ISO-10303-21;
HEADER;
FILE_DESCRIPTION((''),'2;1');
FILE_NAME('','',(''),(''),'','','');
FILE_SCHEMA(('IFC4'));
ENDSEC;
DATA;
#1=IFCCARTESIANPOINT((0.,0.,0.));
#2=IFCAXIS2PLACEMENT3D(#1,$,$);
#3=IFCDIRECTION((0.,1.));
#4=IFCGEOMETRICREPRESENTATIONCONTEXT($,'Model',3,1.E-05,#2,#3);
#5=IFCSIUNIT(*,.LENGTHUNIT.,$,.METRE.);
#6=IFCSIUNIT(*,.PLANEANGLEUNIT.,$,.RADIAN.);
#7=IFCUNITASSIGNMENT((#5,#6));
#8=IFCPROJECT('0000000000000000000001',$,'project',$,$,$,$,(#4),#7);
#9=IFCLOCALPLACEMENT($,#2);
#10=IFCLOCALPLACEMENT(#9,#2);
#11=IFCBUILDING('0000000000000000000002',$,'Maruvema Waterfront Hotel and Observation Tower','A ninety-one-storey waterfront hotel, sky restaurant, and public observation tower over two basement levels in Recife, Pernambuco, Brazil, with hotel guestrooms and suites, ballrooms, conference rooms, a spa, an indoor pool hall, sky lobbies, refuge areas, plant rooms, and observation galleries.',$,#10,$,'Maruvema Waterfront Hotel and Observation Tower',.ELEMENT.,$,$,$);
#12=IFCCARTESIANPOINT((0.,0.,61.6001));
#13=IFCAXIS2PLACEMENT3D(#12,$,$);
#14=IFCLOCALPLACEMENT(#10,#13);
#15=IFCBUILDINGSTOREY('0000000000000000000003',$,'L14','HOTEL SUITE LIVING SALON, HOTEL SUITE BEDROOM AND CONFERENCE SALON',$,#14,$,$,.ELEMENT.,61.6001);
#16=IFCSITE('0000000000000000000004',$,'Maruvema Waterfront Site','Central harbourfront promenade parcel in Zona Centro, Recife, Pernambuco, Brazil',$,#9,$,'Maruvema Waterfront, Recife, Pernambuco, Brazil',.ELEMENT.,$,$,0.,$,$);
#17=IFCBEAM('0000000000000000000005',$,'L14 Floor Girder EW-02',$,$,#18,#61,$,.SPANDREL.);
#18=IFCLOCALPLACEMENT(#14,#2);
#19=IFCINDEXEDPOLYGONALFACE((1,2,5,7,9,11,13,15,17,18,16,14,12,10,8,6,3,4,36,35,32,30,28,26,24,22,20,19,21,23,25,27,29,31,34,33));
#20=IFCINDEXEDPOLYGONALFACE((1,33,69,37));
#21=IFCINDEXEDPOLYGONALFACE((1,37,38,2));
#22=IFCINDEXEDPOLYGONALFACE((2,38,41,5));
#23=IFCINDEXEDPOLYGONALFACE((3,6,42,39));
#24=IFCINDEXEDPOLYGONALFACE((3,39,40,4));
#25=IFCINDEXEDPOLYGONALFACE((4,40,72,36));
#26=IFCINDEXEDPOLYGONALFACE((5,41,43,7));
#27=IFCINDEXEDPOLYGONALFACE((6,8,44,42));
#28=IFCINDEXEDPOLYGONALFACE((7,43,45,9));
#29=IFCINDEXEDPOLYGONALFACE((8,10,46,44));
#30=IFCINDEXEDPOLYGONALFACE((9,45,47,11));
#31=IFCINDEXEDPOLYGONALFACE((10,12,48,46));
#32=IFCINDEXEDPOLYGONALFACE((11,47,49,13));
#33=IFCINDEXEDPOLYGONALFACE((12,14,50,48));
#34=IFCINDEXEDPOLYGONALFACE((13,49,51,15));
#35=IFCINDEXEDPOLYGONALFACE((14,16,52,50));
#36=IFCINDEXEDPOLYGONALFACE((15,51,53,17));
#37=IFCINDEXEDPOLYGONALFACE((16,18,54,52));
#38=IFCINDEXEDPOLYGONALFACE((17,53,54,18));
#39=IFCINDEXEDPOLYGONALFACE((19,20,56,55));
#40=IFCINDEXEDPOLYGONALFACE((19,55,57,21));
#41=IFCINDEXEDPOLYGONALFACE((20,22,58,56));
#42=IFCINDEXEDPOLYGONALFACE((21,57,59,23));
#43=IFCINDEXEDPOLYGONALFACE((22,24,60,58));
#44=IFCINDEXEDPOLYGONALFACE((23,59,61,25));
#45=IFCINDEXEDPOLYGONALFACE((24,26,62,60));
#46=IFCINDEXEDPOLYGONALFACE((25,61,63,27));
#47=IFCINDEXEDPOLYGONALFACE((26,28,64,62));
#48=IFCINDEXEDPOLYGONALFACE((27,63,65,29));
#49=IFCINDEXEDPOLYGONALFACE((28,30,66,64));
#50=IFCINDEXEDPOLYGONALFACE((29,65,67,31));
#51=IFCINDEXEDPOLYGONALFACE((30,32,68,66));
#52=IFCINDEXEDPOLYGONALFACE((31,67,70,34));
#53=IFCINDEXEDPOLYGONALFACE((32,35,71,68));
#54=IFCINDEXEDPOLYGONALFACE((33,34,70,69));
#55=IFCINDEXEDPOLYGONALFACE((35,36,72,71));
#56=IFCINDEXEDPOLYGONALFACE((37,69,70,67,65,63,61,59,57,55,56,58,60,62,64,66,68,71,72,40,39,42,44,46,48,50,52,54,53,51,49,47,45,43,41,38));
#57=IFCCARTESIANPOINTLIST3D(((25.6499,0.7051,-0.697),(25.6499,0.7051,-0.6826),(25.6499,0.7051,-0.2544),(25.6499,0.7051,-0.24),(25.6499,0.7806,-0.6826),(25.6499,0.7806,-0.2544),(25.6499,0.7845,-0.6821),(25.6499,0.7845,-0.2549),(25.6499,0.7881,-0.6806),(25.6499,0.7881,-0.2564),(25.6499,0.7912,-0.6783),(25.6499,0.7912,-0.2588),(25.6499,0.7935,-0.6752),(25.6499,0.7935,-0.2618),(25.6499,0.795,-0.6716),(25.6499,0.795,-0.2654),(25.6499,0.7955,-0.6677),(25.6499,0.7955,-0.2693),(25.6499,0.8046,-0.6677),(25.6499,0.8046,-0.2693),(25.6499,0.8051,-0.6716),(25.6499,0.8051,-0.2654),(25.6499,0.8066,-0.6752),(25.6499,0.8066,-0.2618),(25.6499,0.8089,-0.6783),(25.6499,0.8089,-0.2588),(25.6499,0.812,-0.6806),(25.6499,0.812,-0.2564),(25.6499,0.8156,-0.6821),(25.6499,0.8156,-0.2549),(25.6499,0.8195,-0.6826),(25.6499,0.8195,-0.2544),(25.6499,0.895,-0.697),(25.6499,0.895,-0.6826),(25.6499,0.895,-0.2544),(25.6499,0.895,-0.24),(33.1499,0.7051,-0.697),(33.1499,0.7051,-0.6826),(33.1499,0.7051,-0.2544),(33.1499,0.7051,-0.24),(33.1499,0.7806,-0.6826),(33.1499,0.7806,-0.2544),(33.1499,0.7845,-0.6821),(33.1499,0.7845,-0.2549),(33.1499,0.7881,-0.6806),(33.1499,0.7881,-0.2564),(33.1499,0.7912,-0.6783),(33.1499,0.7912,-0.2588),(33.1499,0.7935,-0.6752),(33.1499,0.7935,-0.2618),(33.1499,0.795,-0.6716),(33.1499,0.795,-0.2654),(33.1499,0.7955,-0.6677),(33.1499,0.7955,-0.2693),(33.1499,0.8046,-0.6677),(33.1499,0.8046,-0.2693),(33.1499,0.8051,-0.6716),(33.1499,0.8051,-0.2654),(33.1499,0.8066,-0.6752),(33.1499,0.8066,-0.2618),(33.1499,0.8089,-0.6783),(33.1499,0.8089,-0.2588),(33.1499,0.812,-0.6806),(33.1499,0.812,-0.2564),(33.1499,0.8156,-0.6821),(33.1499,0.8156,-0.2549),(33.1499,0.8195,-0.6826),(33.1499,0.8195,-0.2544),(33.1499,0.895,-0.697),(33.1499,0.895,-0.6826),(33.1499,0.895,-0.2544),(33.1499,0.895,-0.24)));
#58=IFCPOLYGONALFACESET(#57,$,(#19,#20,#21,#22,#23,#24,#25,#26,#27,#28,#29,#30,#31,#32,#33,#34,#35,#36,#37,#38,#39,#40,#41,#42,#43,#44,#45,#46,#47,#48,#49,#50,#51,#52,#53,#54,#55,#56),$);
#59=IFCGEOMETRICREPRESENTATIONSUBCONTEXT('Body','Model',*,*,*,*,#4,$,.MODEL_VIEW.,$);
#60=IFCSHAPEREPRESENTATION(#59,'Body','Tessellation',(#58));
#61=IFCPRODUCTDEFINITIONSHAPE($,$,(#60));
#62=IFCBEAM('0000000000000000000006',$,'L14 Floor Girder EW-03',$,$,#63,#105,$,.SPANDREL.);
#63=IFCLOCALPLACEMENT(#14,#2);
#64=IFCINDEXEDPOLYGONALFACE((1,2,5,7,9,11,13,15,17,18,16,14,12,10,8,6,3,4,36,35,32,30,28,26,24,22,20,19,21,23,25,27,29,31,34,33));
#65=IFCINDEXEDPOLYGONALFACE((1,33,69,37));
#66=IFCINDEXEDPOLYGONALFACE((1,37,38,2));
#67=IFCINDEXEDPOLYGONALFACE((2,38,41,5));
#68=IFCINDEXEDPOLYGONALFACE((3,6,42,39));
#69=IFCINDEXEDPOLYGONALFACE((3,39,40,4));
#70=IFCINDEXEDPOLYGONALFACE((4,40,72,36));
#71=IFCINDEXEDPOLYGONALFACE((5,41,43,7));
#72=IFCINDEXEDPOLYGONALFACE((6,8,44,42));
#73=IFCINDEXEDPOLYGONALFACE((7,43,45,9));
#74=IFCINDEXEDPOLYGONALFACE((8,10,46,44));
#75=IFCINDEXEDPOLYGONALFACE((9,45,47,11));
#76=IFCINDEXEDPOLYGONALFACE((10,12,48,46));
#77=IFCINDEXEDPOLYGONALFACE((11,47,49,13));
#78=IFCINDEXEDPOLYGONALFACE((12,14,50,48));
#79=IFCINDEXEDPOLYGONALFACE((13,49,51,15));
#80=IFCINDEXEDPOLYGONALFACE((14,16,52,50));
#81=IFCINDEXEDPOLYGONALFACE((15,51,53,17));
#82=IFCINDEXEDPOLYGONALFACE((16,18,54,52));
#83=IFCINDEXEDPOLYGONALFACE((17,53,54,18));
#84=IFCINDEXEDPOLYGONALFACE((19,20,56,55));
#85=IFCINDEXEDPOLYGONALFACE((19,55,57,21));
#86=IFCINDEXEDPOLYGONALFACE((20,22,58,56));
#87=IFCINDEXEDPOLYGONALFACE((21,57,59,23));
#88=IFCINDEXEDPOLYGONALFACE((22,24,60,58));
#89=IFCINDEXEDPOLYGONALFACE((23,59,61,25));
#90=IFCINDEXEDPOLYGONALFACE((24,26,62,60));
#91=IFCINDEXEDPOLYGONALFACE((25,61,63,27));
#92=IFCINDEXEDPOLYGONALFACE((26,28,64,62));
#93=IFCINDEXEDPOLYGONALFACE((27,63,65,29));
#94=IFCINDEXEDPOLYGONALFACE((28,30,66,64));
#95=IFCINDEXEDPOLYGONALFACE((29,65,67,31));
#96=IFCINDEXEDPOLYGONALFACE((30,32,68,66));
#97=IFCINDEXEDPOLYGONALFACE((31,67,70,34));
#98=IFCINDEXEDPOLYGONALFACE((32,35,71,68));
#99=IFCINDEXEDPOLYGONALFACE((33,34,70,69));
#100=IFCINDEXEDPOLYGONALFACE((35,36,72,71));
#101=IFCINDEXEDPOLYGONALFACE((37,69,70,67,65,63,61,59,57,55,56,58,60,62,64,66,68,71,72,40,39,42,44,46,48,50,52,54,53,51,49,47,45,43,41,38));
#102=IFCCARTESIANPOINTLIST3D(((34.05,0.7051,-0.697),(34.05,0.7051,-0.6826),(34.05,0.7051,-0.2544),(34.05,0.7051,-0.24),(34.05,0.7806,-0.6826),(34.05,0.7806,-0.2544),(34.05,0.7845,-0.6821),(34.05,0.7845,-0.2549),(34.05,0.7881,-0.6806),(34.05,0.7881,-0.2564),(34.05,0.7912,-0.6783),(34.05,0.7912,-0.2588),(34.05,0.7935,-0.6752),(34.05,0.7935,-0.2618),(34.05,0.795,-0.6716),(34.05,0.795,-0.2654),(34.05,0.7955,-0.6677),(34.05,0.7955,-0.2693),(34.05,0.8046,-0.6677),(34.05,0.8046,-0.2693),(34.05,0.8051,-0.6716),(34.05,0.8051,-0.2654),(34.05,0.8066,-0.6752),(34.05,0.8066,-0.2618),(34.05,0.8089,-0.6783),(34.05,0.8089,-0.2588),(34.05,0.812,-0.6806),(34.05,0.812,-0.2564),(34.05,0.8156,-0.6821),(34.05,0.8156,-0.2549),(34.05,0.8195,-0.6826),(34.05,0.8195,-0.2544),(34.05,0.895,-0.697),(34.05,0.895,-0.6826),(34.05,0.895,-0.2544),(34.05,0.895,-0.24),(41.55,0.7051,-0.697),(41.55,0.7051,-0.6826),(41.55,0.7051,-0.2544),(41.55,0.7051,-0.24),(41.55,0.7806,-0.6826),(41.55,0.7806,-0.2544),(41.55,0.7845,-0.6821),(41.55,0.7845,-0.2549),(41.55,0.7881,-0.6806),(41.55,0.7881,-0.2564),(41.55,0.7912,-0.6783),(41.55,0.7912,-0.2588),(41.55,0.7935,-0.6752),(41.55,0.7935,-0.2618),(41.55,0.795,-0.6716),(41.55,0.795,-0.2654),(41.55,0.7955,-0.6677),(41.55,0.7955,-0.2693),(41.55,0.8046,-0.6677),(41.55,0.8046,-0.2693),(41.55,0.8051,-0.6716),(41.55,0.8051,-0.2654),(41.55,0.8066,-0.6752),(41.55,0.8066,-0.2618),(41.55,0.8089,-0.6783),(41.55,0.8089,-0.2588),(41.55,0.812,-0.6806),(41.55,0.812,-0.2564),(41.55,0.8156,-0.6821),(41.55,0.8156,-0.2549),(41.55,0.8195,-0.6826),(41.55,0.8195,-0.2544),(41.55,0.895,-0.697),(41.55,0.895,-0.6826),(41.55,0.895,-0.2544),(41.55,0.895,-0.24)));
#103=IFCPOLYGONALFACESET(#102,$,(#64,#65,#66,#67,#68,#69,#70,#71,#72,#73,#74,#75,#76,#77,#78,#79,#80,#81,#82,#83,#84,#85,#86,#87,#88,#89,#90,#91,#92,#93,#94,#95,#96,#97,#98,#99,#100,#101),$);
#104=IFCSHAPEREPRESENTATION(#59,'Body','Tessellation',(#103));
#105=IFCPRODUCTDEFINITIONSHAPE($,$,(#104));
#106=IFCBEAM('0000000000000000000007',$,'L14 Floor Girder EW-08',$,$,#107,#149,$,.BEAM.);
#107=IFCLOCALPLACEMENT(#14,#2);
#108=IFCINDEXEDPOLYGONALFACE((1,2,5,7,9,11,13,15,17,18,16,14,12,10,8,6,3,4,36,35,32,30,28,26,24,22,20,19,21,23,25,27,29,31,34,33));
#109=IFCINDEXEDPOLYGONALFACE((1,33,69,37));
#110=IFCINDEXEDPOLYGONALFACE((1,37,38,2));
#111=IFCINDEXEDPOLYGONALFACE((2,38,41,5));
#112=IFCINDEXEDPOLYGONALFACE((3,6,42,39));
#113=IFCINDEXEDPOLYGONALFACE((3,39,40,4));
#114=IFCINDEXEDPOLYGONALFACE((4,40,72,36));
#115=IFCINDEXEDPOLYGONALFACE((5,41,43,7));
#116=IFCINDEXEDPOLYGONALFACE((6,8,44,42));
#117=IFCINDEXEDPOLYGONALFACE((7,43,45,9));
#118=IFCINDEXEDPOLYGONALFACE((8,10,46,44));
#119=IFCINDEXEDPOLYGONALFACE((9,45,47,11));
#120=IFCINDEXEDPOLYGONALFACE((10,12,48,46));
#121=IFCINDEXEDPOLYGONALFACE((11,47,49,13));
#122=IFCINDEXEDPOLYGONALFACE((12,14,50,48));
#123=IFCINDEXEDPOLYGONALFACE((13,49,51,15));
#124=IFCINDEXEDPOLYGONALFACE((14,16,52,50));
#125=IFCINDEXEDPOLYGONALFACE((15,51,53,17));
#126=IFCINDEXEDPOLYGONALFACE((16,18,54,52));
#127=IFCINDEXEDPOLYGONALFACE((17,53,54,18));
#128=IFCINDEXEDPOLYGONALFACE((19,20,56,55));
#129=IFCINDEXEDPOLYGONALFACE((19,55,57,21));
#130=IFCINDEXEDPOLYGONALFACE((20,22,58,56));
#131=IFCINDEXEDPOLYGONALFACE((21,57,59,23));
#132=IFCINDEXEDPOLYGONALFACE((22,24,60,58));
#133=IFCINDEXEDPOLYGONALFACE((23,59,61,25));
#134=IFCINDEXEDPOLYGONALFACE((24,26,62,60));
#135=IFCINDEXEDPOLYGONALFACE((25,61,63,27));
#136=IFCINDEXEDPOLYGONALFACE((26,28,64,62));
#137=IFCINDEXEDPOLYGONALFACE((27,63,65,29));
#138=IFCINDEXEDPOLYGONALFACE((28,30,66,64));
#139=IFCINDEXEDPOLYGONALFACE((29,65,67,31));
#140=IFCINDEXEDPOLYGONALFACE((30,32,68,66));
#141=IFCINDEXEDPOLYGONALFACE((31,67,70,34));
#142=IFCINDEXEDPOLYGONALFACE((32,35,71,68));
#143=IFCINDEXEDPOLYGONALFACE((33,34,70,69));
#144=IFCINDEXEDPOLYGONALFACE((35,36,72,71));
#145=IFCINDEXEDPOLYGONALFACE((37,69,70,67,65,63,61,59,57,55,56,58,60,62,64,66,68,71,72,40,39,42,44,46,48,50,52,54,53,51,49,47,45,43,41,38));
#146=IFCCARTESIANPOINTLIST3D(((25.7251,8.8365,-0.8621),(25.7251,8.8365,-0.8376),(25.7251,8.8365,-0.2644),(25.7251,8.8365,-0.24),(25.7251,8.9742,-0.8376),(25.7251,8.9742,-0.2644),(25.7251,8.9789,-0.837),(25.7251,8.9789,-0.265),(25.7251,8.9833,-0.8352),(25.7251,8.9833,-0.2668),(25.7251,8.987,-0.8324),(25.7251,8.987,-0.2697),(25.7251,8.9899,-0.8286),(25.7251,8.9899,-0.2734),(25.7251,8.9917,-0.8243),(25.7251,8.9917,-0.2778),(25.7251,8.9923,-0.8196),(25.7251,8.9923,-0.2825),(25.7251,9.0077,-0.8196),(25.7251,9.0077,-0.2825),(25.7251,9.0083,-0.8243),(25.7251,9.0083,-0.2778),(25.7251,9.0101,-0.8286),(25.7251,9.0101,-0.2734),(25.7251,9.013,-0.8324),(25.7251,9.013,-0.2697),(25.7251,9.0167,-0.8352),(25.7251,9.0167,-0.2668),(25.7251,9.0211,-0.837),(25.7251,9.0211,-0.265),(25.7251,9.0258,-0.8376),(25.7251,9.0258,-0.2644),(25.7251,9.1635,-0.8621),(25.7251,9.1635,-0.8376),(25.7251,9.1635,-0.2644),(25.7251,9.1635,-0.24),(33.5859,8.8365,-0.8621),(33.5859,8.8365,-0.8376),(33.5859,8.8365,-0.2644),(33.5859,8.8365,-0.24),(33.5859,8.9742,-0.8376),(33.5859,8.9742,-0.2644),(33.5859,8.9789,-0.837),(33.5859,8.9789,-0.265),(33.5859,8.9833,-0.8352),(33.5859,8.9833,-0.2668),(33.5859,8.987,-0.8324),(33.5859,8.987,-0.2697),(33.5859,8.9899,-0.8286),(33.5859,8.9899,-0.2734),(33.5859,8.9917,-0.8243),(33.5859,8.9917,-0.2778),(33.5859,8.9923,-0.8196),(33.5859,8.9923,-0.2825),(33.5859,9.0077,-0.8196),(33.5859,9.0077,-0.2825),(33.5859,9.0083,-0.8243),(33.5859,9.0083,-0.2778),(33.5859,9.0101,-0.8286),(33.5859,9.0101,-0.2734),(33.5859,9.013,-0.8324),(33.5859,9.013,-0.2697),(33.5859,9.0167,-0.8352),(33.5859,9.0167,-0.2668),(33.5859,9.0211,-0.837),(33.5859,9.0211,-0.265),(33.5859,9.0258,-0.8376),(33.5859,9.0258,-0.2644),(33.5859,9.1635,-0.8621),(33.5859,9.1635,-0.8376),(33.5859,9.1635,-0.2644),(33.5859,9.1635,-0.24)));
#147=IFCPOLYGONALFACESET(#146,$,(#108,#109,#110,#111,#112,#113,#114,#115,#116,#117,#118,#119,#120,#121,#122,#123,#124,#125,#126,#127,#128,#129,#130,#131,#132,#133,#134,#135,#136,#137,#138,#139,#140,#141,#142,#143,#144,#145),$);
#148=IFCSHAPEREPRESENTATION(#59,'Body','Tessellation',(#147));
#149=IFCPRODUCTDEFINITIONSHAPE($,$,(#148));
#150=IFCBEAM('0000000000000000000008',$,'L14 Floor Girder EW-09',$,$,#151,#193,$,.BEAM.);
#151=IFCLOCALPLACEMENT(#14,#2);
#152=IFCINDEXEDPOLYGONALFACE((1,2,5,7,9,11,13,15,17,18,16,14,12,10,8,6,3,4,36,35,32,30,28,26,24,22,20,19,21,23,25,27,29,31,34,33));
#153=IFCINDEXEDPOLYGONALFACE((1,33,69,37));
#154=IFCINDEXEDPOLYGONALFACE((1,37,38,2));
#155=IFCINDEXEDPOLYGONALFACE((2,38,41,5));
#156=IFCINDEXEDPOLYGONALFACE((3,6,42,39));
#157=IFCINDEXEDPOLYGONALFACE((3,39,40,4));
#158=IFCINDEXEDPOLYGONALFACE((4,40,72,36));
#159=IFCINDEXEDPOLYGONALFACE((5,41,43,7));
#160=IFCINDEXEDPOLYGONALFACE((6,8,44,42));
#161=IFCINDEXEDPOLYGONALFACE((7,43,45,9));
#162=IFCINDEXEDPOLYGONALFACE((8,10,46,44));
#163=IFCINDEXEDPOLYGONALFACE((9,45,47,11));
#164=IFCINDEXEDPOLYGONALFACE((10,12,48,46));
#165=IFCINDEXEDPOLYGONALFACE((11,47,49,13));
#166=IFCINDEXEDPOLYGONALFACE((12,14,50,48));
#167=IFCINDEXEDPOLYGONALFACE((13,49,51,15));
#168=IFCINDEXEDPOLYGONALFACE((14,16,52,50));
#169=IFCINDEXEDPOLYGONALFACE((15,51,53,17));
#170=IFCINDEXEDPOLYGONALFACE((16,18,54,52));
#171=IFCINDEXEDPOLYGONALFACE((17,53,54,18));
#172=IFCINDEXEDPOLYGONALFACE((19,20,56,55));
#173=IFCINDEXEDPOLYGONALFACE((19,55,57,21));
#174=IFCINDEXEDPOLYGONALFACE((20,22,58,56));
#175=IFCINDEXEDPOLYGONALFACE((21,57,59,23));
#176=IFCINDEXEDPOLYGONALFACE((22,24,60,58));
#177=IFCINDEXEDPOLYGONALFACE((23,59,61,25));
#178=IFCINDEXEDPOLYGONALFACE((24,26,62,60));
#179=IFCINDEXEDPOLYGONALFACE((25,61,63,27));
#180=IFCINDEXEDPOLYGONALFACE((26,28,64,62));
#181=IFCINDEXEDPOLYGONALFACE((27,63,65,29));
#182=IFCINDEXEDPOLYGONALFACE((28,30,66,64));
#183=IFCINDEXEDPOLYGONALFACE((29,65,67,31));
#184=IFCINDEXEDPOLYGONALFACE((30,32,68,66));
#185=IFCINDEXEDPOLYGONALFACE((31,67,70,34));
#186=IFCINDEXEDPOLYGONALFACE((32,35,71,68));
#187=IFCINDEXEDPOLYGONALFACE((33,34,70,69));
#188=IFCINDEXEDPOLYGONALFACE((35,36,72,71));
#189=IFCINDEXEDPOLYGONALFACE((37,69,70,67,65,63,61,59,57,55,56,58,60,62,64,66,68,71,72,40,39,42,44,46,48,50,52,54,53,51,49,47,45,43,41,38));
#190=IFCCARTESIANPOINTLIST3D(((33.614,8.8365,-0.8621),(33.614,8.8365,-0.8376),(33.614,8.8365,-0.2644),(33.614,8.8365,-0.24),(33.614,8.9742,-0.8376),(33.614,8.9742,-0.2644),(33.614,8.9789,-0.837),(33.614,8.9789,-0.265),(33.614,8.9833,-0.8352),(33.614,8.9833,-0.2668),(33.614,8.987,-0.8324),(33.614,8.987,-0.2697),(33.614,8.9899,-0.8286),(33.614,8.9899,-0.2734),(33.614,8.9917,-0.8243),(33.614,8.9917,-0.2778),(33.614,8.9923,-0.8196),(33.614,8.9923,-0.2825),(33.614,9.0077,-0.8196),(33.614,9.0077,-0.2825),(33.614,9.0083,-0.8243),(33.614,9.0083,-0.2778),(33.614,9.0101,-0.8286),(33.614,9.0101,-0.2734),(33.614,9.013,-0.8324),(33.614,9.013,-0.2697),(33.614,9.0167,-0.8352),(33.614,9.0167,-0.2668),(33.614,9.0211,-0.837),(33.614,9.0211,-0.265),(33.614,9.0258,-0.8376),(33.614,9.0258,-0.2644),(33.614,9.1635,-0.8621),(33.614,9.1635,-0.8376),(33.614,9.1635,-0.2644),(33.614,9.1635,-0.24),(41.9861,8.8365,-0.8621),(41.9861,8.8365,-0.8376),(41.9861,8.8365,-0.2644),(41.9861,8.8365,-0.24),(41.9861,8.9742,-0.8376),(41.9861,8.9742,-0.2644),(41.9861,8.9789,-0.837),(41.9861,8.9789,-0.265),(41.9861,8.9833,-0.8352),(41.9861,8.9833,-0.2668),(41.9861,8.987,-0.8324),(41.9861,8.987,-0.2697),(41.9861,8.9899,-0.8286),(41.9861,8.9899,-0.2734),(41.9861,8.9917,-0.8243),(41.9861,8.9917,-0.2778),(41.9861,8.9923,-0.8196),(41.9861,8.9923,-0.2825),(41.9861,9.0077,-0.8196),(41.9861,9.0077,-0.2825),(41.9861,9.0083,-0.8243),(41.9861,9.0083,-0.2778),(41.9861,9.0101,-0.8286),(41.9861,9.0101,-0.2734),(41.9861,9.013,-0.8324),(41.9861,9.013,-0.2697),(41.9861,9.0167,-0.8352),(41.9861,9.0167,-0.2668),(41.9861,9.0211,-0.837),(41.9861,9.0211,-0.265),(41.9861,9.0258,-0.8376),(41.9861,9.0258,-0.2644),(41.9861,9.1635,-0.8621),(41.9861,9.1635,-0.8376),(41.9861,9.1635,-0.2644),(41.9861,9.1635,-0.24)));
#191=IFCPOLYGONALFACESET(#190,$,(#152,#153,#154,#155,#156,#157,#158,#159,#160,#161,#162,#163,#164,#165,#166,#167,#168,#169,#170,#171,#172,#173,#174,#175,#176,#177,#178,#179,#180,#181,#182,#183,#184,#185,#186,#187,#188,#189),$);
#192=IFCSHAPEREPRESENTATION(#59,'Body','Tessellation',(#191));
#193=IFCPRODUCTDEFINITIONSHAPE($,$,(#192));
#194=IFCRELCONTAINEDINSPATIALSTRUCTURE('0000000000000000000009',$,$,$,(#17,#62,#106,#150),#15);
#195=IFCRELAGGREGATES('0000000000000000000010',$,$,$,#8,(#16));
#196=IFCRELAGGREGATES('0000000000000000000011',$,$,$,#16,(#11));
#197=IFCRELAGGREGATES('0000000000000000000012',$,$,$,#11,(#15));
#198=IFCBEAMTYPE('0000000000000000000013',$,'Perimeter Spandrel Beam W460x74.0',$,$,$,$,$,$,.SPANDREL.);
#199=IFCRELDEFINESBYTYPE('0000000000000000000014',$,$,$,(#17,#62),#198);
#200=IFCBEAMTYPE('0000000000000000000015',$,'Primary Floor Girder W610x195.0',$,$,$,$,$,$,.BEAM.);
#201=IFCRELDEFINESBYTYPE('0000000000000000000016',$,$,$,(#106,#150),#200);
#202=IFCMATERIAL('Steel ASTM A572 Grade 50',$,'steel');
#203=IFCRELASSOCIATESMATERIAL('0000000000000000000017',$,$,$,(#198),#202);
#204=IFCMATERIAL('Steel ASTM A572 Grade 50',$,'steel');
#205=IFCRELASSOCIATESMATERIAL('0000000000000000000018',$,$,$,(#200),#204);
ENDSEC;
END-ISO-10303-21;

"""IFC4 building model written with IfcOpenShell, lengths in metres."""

from ifc_helpers import new_model, si_unit, direction, frame, origin, origin_2d, place, context, subcontext, project, spatial, i_section, extrude, material, material_profile, profile_set, type_object, element, save


model = new_model("IFC4")

# Units and contexts
model_context = context("Model", 3, precision=1e-05, world=origin(), true_north=direction((0.0, 1.0)))
body_context = subcontext(model_context, "Body", "Model", "MODEL_VIEW")
ifc_project = project(units=[si_unit("LENGTHUNIT", "METRE"), si_unit("PLANEANGLEUNIT", "RADIAN")], contexts=[model_context])

# Site, building, storey
site_placement = place(None, origin())
site = spatial("IfcSite", under=ifc_project, at=site_placement, Name="Maruvema Waterfront Site", Description="Central harbourfront promenade parcel in Zona Centro, Recife, Pernambuco, Brazil", LongName="Maruvema Waterfront, Recife, Pernambuco, Brazil", CompositionType="ELEMENT", RefElevation=0.0)
building_placement = place(site_placement, origin())
building = spatial("IfcBuilding", under=site, at=building_placement, Name="Maruvema Waterfront Hotel and Observation Tower", Description="A ninety-one-storey waterfront hotel, sky restaurant, and public observation tower over two basement levels in Recife, Pernambuco, Brazil, with hotel guestrooms and suites, ballrooms, conference rooms, a spa, an indoor pool hall, sky lobbies, refuge areas, plant rooms, and observation galleries.", LongName="Maruvema Waterfront Hotel and Observation Tower", CompositionType="ELEMENT")
storey_placement = place(building_placement, frame((0.0, 0.0, 61.6001)))
storey = spatial("IfcBuildingStorey", under=building, at=storey_placement, Name="L14", Description="HOTEL SUITE LIVING SALON, HOTEL SUITE BEDROOM AND CONFERENCE SALON", CompositionType="ELEMENT", Elevation=61.6001)

# Beams
ifc_material_1 = material(Name="Steel ASTM A572 Grade 50", Category="steel")
ifc_material_profile_1 = material_profile(ifc_material_1, i_section(OverallWidth=0.1899, OverallDepth=0.457, WebThickness=0.009, FlangeThickness=0.0144, FilletRadius=0.0149, at=origin_2d()), Name="W460x74.0")
ifc_profile_set_1 = profile_set([ifc_material_profile_1], Name="Steel ASTM A572 Grade 50")
beam_type_1 = type_object("IfcBeamType", Name="Perimeter Spandrel Beam W460x74.0", PredefinedType="SPANDREL", material=ifc_profile_set_1)
for number, where, z_axis, x_axis, name in (
    (1, (25.6499, 0.8, -0.4685), (1.0, 0.0, 0.0), (0.0, 1.0, 0.0), "L14 Floor Girder EW-02"),
    (2, (34.05, 0.8, -0.4685), (1.0, 0.0, 0.0), (0.0, 1.0, 0.0), "L14 Floor Girder EW-03"),
):
    element("IfcBeam", number, at=place(storey_placement, frame(where, z_axis=z_axis, x_axis=x_axis)), inside=storey, type_object=beam_type_1, Name=name, PredefinedType="SPANDREL", context=body_context, shape_type="SweptSolid", body=[
        extrude(i_section(OverallWidth=0.1899, OverallDepth=0.457, WebThickness=0.009, FlangeThickness=0.0144, FilletRadius=0.0149, at=origin_2d()), origin(), (0.0, 0.0, 1.0), 7.5),
    ])
ifc_material_2 = material(Name="Steel ASTM A572 Grade 50", Category="steel")
ifc_material_profile_2 = material_profile(ifc_material_2, i_section(OverallWidth=0.3269, OverallDepth=0.6221, WebThickness=0.0154, FlangeThickness=0.0244, FilletRadius=0.0181, at=origin_2d()), Name="W610x195.0")
ifc_profile_set_2 = profile_set([ifc_material_profile_2], Name="Steel ASTM A572 Grade 50")
beam_type_2 = type_object("IfcBeamType", Name="Primary Floor Girder W610x195.0", PredefinedType="BEAM", material=ifc_profile_set_2)
beam_1_placement = place(storey_placement, frame((25.7251, 9.0, -0.551), z_axis=(1.0, 0.0, 0.0), x_axis=(0.0, 1.0, 0.0)))
element("IfcBeam", 3, at=beam_1_placement, inside=storey, type_object=beam_type_2, Name="L14 Floor Girder EW-08", PredefinedType="BEAM", context=body_context, shape_type="SweptSolid", body=[
    extrude(i_section(OverallWidth=0.3269, OverallDepth=0.6221, WebThickness=0.0154, FlangeThickness=0.0244, FilletRadius=0.0181, at=origin_2d()), origin(), (0.0, 0.0, 1.0), 7.8608),
])
beam_2_placement = place(storey_placement, frame((33.614, 9.0, -0.551), z_axis=(1.0, 0.0, 0.0), x_axis=(0.0, 1.0, 0.0)))
element("IfcBeam", 4, at=beam_2_placement, inside=storey, type_object=beam_type_2, Name="L14 Floor Girder EW-09", PredefinedType="BEAM", context=body_context, shape_type="SweptSolid", body=[
    extrude(i_section(OverallWidth=0.3269, OverallDepth=0.6221, WebThickness=0.0154, FlangeThickness=0.0244, FilletRadius=0.0181, at=origin_2d()), origin(), (0.0, 0.0, 1.0), 8.3721),
])

save(model, "model.ifc")
